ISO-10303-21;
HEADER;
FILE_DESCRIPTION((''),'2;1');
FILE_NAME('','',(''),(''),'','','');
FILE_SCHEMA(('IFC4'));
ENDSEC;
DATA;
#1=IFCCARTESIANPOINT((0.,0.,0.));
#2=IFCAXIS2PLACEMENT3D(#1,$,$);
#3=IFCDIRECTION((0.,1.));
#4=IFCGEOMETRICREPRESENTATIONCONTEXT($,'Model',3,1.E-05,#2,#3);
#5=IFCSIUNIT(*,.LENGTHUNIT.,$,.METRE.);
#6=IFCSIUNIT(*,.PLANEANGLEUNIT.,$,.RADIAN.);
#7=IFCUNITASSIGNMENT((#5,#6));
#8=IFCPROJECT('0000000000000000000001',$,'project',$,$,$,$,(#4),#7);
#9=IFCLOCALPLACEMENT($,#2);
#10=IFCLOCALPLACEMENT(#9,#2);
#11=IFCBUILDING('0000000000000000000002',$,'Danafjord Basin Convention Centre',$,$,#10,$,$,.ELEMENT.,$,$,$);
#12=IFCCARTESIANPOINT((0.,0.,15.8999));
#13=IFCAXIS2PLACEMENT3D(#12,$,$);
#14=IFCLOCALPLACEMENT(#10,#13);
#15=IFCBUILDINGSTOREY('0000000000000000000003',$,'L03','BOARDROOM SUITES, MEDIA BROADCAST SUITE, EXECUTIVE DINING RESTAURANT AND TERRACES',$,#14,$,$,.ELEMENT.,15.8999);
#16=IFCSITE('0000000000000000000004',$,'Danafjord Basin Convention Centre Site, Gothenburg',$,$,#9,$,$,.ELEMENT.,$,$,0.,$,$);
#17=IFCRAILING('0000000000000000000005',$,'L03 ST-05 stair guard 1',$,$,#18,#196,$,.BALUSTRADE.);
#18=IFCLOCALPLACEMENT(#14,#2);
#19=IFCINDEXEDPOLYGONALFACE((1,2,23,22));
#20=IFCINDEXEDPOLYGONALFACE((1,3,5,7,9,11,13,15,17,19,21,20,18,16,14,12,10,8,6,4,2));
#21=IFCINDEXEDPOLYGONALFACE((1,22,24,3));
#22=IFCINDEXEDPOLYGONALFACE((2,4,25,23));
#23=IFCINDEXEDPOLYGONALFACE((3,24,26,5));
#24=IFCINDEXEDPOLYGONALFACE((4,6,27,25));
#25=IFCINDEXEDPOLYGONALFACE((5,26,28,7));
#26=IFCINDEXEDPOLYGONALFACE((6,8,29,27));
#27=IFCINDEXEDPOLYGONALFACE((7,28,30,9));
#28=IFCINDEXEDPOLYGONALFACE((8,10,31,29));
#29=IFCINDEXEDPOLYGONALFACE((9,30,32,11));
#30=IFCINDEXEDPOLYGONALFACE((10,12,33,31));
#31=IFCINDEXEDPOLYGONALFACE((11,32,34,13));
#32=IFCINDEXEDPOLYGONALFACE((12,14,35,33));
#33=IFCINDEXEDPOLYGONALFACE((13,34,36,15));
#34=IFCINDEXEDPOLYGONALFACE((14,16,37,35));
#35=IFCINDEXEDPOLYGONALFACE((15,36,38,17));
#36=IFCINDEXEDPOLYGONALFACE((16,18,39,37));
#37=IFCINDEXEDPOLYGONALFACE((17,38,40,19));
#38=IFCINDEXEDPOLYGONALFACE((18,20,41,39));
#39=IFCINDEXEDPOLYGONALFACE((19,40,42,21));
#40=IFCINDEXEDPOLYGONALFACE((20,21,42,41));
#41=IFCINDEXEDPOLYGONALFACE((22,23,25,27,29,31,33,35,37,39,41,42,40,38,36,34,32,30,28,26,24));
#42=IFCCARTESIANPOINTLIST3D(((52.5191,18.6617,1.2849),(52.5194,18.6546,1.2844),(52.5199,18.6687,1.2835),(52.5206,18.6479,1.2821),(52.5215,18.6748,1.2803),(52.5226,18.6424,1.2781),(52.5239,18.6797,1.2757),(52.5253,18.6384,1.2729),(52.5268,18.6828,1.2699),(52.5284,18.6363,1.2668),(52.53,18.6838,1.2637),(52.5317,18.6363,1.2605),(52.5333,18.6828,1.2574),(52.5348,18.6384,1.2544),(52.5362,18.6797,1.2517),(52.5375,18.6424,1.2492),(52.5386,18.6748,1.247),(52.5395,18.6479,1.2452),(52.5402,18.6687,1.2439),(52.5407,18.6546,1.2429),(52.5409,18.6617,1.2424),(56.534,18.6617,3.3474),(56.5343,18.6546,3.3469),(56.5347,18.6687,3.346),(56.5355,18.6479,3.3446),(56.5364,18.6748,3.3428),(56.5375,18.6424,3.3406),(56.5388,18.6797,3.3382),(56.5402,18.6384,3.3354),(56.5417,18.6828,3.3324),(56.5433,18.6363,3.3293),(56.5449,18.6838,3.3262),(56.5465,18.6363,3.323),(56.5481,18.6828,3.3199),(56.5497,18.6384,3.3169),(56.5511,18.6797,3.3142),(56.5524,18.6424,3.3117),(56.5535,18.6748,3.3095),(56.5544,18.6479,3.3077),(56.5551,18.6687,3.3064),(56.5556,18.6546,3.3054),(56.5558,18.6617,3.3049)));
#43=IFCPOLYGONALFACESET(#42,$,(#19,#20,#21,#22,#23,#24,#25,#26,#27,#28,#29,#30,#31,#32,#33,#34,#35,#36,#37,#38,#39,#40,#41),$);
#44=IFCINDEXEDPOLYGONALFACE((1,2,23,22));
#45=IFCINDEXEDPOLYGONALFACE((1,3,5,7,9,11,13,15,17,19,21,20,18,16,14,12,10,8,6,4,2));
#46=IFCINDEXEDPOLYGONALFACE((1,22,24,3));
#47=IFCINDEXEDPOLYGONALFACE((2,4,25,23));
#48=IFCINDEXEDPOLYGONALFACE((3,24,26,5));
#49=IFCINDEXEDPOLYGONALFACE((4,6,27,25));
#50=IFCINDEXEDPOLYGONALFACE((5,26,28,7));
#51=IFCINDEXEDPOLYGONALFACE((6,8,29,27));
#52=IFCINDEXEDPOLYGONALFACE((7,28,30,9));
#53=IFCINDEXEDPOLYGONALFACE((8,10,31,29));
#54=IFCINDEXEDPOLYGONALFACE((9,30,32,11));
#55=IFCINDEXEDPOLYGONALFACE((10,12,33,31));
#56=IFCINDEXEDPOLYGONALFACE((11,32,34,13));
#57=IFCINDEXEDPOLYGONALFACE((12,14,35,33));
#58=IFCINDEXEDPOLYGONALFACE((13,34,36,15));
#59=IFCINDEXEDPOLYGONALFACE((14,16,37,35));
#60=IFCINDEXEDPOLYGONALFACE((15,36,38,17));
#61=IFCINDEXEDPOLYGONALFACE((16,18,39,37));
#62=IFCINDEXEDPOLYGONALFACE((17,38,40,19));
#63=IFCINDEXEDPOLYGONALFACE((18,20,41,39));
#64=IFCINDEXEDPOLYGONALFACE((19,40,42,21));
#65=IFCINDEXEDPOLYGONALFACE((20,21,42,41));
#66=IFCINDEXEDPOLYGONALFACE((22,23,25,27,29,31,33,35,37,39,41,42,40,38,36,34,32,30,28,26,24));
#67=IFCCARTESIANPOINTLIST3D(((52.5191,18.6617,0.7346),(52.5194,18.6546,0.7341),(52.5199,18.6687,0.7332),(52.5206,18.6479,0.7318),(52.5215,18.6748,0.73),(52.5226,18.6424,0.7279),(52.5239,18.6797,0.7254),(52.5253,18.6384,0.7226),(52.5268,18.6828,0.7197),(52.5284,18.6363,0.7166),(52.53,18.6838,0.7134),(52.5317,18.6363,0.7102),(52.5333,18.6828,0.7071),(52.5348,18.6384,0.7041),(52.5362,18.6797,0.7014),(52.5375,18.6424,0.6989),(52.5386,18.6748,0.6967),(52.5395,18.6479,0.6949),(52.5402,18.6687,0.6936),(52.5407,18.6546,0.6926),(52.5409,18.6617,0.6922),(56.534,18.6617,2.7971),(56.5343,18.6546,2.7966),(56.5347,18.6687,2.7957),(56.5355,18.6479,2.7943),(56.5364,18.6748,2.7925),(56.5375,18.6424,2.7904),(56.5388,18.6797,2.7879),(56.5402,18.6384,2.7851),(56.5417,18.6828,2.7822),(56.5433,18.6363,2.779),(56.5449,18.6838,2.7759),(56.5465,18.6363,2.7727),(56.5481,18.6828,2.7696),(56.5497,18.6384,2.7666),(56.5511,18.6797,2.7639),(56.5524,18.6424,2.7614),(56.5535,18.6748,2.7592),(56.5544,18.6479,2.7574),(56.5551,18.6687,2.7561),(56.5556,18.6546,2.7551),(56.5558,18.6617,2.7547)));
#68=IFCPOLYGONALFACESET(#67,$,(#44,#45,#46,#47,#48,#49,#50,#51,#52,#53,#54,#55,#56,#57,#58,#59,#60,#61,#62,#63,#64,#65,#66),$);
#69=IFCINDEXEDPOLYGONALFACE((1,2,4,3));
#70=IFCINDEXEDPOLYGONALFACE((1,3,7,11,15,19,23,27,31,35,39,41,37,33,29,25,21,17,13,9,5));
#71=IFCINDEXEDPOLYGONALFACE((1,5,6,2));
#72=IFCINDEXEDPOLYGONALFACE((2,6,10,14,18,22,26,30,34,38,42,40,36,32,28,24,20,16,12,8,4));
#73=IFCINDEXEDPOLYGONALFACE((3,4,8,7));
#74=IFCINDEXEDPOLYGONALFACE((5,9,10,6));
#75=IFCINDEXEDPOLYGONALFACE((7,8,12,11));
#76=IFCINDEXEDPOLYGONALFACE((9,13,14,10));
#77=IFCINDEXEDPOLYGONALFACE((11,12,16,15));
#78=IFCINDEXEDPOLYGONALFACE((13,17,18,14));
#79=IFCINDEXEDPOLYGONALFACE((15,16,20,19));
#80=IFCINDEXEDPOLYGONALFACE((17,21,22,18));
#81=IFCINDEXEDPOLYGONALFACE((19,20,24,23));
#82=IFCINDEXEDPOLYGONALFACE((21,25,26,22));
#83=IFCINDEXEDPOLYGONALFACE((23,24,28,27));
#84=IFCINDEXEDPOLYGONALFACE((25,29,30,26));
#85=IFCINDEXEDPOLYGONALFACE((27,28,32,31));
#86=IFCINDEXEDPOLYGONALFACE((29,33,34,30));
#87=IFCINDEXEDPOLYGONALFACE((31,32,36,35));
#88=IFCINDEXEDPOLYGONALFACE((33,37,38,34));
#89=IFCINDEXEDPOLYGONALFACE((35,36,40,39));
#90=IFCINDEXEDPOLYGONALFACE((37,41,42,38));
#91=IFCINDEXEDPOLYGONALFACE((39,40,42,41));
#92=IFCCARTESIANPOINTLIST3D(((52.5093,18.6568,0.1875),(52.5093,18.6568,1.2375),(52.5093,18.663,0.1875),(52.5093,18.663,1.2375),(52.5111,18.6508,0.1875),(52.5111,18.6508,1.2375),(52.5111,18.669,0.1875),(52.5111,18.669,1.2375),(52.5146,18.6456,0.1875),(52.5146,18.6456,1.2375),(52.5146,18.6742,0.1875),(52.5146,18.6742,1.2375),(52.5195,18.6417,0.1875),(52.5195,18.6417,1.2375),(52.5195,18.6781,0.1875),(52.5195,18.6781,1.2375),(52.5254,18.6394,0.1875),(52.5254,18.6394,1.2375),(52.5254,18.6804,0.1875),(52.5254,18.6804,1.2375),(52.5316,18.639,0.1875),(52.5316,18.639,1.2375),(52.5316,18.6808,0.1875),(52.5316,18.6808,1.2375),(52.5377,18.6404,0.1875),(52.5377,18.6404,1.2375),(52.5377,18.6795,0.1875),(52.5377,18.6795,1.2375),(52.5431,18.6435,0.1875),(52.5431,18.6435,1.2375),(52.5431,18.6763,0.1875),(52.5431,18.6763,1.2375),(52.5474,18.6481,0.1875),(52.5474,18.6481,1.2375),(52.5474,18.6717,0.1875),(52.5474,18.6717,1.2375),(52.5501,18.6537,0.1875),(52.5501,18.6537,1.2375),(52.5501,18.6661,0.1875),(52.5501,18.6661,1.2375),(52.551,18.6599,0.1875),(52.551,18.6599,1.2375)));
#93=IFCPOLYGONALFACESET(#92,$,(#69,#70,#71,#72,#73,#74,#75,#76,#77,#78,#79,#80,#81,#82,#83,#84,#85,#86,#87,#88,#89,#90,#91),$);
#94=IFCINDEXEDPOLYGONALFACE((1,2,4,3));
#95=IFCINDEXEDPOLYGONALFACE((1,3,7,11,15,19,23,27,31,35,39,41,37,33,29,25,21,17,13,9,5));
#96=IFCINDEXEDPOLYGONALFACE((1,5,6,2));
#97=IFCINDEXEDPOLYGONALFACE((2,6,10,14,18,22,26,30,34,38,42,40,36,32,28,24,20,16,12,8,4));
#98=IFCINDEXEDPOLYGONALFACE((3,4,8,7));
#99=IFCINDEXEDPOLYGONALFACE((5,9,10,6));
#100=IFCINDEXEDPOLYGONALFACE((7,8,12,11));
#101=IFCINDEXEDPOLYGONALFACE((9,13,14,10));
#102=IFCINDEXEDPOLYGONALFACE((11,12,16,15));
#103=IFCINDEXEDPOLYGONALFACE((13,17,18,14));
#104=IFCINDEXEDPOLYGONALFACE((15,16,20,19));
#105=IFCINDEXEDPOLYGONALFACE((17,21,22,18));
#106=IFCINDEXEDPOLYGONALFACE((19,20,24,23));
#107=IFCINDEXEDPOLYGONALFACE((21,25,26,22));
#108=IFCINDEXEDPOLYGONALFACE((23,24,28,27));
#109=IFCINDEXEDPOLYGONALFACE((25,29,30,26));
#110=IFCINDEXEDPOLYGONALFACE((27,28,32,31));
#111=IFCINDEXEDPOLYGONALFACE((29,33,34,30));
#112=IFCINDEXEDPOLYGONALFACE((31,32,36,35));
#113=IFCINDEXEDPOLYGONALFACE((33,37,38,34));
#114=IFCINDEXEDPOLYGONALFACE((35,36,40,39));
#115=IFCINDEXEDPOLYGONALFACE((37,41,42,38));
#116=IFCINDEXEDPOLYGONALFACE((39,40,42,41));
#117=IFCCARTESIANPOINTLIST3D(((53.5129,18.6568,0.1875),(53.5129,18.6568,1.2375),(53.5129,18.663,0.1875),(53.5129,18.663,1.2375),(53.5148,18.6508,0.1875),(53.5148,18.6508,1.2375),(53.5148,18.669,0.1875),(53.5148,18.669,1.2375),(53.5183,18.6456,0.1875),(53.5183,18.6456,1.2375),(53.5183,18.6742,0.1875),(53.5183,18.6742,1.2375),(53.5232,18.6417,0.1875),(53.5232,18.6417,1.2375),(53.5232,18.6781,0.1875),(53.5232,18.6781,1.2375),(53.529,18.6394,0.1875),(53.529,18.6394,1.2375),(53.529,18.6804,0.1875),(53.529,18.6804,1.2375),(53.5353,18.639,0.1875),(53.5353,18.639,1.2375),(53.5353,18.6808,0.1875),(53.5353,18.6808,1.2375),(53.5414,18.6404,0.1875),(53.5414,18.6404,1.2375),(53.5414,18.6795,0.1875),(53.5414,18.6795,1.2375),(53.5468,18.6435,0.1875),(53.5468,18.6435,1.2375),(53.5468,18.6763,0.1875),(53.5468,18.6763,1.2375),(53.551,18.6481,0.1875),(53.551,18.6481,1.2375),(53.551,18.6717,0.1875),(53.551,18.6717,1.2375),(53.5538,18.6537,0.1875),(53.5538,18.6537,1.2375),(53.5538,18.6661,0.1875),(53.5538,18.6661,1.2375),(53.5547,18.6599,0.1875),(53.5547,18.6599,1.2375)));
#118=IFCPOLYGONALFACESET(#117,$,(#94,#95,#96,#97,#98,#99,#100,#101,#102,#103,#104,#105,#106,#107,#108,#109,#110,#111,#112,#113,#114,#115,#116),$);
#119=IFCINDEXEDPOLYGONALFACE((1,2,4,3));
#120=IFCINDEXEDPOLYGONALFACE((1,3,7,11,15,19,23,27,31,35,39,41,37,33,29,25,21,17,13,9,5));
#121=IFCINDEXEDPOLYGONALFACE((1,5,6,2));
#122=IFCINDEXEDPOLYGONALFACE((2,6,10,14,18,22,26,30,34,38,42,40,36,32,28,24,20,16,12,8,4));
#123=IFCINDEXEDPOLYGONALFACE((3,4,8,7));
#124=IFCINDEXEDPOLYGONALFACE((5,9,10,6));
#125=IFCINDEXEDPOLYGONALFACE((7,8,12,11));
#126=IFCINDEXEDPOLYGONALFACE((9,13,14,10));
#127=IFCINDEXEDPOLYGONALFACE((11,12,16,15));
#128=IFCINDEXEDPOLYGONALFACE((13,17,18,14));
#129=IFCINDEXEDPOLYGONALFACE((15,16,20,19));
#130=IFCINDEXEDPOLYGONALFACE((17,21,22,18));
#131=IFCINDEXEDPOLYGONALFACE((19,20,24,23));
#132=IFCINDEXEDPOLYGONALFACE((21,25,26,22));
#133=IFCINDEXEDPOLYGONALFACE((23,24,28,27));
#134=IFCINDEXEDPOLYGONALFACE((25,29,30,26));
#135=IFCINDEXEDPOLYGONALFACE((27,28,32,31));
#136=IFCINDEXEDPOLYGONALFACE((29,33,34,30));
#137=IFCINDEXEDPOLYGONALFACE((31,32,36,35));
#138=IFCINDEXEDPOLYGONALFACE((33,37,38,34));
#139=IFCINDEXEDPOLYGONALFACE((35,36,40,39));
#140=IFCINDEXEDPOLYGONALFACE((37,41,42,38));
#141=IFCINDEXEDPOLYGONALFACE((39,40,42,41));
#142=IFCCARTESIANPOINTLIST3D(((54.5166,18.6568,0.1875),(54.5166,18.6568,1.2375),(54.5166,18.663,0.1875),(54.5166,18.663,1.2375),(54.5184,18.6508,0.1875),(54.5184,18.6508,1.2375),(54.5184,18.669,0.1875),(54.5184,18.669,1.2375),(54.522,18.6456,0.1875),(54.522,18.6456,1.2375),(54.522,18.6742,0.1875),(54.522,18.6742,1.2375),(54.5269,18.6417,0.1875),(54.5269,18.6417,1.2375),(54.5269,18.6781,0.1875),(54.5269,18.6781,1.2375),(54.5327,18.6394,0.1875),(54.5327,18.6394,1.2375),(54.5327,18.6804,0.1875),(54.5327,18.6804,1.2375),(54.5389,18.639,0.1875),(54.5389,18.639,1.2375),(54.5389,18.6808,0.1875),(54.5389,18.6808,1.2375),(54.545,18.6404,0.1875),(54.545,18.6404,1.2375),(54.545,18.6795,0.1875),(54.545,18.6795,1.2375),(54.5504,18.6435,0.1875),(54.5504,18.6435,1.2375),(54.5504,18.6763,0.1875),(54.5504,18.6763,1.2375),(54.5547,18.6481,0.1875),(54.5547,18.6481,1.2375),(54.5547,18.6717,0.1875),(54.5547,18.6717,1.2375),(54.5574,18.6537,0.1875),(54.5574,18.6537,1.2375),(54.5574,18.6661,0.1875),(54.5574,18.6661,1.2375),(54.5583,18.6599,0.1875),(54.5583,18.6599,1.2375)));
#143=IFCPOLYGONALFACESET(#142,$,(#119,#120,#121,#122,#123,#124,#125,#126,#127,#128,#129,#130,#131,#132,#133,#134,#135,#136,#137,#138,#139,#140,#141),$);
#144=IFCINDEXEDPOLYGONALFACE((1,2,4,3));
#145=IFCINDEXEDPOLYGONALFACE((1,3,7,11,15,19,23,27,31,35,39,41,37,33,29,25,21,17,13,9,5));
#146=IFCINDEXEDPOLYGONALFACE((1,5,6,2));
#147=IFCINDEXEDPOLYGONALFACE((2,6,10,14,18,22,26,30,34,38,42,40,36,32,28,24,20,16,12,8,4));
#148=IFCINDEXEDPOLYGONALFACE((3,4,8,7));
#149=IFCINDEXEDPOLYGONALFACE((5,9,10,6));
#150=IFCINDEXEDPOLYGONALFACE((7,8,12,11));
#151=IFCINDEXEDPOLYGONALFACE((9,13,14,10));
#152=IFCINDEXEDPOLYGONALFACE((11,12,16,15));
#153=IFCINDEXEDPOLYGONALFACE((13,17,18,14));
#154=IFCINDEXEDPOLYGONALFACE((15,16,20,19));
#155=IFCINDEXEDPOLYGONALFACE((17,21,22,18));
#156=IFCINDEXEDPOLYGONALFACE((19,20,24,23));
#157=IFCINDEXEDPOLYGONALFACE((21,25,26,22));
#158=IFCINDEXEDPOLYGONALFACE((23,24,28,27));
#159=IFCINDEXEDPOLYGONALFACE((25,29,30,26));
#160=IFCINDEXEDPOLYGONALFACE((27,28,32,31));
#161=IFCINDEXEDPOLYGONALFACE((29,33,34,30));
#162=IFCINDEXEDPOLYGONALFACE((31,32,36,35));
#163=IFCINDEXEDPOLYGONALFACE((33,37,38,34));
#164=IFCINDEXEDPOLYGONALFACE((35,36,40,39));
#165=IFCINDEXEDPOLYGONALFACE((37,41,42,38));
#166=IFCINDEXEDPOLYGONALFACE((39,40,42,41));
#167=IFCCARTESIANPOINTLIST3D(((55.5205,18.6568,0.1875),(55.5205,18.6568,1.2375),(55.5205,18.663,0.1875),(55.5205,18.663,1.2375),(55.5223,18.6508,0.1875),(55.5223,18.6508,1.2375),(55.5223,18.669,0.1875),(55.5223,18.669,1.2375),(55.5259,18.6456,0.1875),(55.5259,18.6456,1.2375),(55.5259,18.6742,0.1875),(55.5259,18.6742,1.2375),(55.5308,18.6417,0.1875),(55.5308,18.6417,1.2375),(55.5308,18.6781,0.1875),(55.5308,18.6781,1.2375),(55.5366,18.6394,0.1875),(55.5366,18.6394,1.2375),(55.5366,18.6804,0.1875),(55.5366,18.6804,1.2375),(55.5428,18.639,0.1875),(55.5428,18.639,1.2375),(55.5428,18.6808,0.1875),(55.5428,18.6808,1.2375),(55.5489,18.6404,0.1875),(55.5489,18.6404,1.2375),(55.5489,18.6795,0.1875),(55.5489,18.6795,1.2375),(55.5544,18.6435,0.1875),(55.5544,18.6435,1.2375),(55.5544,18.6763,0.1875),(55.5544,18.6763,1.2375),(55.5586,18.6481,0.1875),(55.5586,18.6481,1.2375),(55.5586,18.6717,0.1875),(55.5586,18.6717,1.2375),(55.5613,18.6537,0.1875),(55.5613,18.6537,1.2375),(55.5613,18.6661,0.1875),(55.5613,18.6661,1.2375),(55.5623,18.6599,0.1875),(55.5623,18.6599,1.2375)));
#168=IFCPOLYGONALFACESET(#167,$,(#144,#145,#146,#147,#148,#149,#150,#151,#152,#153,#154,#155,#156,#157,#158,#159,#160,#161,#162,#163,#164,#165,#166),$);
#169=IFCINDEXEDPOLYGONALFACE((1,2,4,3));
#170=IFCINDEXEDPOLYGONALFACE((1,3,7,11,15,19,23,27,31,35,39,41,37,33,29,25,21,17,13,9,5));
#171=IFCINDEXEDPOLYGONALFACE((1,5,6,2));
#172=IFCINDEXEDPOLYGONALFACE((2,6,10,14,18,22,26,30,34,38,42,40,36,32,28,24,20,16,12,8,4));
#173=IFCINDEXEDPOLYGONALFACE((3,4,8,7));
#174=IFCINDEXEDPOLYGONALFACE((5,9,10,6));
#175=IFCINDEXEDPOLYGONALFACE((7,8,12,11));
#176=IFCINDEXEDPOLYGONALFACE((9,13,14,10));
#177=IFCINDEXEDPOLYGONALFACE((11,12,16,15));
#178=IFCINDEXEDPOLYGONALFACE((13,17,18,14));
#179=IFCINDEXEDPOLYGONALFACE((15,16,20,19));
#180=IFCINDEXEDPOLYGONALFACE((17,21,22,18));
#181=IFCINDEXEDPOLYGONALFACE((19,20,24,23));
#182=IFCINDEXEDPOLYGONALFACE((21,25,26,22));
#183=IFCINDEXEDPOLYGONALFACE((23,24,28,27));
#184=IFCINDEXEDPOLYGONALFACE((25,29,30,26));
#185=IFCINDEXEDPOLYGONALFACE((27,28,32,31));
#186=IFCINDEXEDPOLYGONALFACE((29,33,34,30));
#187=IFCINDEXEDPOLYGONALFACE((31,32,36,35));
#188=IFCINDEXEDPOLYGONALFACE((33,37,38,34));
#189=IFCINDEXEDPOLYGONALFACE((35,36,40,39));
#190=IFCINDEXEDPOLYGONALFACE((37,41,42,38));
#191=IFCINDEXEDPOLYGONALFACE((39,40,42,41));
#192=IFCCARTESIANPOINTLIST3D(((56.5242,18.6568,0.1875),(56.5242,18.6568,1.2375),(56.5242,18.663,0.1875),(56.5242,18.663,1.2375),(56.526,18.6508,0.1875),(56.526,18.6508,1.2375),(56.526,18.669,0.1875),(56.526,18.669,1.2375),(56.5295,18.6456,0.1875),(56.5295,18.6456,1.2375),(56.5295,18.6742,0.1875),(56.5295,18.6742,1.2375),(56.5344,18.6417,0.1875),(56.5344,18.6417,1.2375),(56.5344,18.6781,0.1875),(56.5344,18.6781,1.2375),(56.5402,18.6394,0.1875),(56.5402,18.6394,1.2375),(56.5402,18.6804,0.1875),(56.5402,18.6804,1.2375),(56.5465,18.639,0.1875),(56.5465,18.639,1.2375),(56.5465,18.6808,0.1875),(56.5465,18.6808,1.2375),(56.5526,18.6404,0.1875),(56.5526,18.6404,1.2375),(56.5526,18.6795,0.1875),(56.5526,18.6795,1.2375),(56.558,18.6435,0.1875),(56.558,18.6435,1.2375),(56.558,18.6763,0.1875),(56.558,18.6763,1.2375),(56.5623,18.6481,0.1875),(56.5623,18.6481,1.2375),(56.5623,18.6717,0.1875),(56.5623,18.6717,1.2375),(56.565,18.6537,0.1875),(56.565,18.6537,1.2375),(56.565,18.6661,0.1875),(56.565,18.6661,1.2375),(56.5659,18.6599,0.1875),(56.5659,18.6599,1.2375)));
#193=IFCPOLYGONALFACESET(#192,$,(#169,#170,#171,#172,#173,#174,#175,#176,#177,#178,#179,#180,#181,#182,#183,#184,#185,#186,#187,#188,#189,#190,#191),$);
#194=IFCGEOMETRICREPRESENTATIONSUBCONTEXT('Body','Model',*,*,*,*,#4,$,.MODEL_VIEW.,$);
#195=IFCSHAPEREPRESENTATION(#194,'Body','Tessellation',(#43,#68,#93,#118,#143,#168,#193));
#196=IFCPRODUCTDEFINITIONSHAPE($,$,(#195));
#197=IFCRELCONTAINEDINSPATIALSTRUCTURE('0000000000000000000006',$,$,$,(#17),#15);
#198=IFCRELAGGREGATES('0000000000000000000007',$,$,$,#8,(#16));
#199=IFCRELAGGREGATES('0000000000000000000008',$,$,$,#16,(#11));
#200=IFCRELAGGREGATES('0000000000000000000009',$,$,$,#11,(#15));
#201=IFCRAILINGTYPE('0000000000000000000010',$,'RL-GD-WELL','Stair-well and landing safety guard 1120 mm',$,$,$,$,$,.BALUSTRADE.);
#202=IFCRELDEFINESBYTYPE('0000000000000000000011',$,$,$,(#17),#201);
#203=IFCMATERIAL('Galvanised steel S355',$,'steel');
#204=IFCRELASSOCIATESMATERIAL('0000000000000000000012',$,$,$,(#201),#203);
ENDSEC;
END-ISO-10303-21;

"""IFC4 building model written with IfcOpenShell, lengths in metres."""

from ifc_helpers import new_model, si_unit, direction, frame, origin, origin_2d, place, context, subcontext, project, spatial, circle, extrude, material, type_object, element, save


model = new_model("IFC4")

# Units and contexts
model_context = context("Model", 3, precision=1e-05, world=origin(), true_north=direction((0.0, 1.0)))
body_context = subcontext(model_context, "Body", "Model", "MODEL_VIEW")
ifc_project = project(units=[si_unit("LENGTHUNIT", "METRE"), si_unit("PLANEANGLEUNIT", "RADIAN")], contexts=[model_context])

# Site, building, storey
site_placement = place(None, origin())
site = spatial("IfcSite", under=ifc_project, at=site_placement, Name="Danafjord Basin Convention Centre Site, Gothenburg", CompositionType="ELEMENT", RefElevation=0.0)
building_placement = place(site_placement, origin())
building = spatial("IfcBuilding", under=site, at=building_placement, Name="Danafjord Basin Convention Centre", CompositionType="ELEMENT")
storey_placement = place(building_placement, frame((0.0, 0.0, 15.8999)))
storey = spatial("IfcBuildingStorey", under=building, at=storey_placement, Name="L03", Description="BOARDROOM SUITES, MEDIA BROADCAST SUITE, EXECUTIVE DINING RESTAURANT AND TERRACES", CompositionType="ELEMENT", Elevation=15.8999)

# Railing
ifc_material_1 = material(Name="Galvanised steel S355", Category="steel")
railing_type_1 = type_object("IfcRailingType", Name="RL-GD-WELL", Description="Stair-well and landing safety guard 1120 mm", PredefinedType="BALUSTRADE", material=ifc_material_1)
railing_1_placement = place(storey_placement, frame((52.53, 18.6599, 0.1875)))
element("IfcRailing", 1, at=railing_1_placement, inside=storey, type_object=railing_type_1, Name="L03 ST-05 stair guard 1", PredefinedType="BALUSTRADE", context=body_context, shape_type="SweptSolid", body=[
    extrude(circle(Radius=0.0239, at=origin_2d()), frame((0.0, 0.0, 1.0762), z_axis=(0.889495, 0.0, 0.456945), x_axis=(0.0, 1.0, 0.0)), (0.0, 0.0, 1.0), 4.5137),
    extrude(circle(Radius=0.0239, at=origin_2d()), frame((0.0, 0.0, 0.5259), z_axis=(0.889495, 0.0, 0.456945), x_axis=(0.0, 1.0, 0.0)), (0.0, 0.0, 1.0), 4.5137),
    extrude(circle(Radius=0.021, at=origin_2d()), origin(), (0.0, 0.0, 1.0), 1.05),
    extrude(circle(Radius=0.021, at=origin_2d()), frame((1.0037, 0.0, 0.0)), (0.0, 0.0, 1.0), 1.05),
    extrude(circle(Radius=0.021, at=origin_2d()), frame((2.0073, 0.0, 0.0)), (0.0, 0.0, 1.0), 1.05),
    extrude(circle(Radius=0.021, at=origin_2d()), frame((3.0112, 0.0, 0.0)), (0.0, 0.0, 1.0), 1.05),
    extrude(circle(Radius=0.021, at=origin_2d()), frame((4.0149, 0.0, 0.0)), (0.0, 0.0, 1.0), 1.05),
])

save(model, "model.ifc")
